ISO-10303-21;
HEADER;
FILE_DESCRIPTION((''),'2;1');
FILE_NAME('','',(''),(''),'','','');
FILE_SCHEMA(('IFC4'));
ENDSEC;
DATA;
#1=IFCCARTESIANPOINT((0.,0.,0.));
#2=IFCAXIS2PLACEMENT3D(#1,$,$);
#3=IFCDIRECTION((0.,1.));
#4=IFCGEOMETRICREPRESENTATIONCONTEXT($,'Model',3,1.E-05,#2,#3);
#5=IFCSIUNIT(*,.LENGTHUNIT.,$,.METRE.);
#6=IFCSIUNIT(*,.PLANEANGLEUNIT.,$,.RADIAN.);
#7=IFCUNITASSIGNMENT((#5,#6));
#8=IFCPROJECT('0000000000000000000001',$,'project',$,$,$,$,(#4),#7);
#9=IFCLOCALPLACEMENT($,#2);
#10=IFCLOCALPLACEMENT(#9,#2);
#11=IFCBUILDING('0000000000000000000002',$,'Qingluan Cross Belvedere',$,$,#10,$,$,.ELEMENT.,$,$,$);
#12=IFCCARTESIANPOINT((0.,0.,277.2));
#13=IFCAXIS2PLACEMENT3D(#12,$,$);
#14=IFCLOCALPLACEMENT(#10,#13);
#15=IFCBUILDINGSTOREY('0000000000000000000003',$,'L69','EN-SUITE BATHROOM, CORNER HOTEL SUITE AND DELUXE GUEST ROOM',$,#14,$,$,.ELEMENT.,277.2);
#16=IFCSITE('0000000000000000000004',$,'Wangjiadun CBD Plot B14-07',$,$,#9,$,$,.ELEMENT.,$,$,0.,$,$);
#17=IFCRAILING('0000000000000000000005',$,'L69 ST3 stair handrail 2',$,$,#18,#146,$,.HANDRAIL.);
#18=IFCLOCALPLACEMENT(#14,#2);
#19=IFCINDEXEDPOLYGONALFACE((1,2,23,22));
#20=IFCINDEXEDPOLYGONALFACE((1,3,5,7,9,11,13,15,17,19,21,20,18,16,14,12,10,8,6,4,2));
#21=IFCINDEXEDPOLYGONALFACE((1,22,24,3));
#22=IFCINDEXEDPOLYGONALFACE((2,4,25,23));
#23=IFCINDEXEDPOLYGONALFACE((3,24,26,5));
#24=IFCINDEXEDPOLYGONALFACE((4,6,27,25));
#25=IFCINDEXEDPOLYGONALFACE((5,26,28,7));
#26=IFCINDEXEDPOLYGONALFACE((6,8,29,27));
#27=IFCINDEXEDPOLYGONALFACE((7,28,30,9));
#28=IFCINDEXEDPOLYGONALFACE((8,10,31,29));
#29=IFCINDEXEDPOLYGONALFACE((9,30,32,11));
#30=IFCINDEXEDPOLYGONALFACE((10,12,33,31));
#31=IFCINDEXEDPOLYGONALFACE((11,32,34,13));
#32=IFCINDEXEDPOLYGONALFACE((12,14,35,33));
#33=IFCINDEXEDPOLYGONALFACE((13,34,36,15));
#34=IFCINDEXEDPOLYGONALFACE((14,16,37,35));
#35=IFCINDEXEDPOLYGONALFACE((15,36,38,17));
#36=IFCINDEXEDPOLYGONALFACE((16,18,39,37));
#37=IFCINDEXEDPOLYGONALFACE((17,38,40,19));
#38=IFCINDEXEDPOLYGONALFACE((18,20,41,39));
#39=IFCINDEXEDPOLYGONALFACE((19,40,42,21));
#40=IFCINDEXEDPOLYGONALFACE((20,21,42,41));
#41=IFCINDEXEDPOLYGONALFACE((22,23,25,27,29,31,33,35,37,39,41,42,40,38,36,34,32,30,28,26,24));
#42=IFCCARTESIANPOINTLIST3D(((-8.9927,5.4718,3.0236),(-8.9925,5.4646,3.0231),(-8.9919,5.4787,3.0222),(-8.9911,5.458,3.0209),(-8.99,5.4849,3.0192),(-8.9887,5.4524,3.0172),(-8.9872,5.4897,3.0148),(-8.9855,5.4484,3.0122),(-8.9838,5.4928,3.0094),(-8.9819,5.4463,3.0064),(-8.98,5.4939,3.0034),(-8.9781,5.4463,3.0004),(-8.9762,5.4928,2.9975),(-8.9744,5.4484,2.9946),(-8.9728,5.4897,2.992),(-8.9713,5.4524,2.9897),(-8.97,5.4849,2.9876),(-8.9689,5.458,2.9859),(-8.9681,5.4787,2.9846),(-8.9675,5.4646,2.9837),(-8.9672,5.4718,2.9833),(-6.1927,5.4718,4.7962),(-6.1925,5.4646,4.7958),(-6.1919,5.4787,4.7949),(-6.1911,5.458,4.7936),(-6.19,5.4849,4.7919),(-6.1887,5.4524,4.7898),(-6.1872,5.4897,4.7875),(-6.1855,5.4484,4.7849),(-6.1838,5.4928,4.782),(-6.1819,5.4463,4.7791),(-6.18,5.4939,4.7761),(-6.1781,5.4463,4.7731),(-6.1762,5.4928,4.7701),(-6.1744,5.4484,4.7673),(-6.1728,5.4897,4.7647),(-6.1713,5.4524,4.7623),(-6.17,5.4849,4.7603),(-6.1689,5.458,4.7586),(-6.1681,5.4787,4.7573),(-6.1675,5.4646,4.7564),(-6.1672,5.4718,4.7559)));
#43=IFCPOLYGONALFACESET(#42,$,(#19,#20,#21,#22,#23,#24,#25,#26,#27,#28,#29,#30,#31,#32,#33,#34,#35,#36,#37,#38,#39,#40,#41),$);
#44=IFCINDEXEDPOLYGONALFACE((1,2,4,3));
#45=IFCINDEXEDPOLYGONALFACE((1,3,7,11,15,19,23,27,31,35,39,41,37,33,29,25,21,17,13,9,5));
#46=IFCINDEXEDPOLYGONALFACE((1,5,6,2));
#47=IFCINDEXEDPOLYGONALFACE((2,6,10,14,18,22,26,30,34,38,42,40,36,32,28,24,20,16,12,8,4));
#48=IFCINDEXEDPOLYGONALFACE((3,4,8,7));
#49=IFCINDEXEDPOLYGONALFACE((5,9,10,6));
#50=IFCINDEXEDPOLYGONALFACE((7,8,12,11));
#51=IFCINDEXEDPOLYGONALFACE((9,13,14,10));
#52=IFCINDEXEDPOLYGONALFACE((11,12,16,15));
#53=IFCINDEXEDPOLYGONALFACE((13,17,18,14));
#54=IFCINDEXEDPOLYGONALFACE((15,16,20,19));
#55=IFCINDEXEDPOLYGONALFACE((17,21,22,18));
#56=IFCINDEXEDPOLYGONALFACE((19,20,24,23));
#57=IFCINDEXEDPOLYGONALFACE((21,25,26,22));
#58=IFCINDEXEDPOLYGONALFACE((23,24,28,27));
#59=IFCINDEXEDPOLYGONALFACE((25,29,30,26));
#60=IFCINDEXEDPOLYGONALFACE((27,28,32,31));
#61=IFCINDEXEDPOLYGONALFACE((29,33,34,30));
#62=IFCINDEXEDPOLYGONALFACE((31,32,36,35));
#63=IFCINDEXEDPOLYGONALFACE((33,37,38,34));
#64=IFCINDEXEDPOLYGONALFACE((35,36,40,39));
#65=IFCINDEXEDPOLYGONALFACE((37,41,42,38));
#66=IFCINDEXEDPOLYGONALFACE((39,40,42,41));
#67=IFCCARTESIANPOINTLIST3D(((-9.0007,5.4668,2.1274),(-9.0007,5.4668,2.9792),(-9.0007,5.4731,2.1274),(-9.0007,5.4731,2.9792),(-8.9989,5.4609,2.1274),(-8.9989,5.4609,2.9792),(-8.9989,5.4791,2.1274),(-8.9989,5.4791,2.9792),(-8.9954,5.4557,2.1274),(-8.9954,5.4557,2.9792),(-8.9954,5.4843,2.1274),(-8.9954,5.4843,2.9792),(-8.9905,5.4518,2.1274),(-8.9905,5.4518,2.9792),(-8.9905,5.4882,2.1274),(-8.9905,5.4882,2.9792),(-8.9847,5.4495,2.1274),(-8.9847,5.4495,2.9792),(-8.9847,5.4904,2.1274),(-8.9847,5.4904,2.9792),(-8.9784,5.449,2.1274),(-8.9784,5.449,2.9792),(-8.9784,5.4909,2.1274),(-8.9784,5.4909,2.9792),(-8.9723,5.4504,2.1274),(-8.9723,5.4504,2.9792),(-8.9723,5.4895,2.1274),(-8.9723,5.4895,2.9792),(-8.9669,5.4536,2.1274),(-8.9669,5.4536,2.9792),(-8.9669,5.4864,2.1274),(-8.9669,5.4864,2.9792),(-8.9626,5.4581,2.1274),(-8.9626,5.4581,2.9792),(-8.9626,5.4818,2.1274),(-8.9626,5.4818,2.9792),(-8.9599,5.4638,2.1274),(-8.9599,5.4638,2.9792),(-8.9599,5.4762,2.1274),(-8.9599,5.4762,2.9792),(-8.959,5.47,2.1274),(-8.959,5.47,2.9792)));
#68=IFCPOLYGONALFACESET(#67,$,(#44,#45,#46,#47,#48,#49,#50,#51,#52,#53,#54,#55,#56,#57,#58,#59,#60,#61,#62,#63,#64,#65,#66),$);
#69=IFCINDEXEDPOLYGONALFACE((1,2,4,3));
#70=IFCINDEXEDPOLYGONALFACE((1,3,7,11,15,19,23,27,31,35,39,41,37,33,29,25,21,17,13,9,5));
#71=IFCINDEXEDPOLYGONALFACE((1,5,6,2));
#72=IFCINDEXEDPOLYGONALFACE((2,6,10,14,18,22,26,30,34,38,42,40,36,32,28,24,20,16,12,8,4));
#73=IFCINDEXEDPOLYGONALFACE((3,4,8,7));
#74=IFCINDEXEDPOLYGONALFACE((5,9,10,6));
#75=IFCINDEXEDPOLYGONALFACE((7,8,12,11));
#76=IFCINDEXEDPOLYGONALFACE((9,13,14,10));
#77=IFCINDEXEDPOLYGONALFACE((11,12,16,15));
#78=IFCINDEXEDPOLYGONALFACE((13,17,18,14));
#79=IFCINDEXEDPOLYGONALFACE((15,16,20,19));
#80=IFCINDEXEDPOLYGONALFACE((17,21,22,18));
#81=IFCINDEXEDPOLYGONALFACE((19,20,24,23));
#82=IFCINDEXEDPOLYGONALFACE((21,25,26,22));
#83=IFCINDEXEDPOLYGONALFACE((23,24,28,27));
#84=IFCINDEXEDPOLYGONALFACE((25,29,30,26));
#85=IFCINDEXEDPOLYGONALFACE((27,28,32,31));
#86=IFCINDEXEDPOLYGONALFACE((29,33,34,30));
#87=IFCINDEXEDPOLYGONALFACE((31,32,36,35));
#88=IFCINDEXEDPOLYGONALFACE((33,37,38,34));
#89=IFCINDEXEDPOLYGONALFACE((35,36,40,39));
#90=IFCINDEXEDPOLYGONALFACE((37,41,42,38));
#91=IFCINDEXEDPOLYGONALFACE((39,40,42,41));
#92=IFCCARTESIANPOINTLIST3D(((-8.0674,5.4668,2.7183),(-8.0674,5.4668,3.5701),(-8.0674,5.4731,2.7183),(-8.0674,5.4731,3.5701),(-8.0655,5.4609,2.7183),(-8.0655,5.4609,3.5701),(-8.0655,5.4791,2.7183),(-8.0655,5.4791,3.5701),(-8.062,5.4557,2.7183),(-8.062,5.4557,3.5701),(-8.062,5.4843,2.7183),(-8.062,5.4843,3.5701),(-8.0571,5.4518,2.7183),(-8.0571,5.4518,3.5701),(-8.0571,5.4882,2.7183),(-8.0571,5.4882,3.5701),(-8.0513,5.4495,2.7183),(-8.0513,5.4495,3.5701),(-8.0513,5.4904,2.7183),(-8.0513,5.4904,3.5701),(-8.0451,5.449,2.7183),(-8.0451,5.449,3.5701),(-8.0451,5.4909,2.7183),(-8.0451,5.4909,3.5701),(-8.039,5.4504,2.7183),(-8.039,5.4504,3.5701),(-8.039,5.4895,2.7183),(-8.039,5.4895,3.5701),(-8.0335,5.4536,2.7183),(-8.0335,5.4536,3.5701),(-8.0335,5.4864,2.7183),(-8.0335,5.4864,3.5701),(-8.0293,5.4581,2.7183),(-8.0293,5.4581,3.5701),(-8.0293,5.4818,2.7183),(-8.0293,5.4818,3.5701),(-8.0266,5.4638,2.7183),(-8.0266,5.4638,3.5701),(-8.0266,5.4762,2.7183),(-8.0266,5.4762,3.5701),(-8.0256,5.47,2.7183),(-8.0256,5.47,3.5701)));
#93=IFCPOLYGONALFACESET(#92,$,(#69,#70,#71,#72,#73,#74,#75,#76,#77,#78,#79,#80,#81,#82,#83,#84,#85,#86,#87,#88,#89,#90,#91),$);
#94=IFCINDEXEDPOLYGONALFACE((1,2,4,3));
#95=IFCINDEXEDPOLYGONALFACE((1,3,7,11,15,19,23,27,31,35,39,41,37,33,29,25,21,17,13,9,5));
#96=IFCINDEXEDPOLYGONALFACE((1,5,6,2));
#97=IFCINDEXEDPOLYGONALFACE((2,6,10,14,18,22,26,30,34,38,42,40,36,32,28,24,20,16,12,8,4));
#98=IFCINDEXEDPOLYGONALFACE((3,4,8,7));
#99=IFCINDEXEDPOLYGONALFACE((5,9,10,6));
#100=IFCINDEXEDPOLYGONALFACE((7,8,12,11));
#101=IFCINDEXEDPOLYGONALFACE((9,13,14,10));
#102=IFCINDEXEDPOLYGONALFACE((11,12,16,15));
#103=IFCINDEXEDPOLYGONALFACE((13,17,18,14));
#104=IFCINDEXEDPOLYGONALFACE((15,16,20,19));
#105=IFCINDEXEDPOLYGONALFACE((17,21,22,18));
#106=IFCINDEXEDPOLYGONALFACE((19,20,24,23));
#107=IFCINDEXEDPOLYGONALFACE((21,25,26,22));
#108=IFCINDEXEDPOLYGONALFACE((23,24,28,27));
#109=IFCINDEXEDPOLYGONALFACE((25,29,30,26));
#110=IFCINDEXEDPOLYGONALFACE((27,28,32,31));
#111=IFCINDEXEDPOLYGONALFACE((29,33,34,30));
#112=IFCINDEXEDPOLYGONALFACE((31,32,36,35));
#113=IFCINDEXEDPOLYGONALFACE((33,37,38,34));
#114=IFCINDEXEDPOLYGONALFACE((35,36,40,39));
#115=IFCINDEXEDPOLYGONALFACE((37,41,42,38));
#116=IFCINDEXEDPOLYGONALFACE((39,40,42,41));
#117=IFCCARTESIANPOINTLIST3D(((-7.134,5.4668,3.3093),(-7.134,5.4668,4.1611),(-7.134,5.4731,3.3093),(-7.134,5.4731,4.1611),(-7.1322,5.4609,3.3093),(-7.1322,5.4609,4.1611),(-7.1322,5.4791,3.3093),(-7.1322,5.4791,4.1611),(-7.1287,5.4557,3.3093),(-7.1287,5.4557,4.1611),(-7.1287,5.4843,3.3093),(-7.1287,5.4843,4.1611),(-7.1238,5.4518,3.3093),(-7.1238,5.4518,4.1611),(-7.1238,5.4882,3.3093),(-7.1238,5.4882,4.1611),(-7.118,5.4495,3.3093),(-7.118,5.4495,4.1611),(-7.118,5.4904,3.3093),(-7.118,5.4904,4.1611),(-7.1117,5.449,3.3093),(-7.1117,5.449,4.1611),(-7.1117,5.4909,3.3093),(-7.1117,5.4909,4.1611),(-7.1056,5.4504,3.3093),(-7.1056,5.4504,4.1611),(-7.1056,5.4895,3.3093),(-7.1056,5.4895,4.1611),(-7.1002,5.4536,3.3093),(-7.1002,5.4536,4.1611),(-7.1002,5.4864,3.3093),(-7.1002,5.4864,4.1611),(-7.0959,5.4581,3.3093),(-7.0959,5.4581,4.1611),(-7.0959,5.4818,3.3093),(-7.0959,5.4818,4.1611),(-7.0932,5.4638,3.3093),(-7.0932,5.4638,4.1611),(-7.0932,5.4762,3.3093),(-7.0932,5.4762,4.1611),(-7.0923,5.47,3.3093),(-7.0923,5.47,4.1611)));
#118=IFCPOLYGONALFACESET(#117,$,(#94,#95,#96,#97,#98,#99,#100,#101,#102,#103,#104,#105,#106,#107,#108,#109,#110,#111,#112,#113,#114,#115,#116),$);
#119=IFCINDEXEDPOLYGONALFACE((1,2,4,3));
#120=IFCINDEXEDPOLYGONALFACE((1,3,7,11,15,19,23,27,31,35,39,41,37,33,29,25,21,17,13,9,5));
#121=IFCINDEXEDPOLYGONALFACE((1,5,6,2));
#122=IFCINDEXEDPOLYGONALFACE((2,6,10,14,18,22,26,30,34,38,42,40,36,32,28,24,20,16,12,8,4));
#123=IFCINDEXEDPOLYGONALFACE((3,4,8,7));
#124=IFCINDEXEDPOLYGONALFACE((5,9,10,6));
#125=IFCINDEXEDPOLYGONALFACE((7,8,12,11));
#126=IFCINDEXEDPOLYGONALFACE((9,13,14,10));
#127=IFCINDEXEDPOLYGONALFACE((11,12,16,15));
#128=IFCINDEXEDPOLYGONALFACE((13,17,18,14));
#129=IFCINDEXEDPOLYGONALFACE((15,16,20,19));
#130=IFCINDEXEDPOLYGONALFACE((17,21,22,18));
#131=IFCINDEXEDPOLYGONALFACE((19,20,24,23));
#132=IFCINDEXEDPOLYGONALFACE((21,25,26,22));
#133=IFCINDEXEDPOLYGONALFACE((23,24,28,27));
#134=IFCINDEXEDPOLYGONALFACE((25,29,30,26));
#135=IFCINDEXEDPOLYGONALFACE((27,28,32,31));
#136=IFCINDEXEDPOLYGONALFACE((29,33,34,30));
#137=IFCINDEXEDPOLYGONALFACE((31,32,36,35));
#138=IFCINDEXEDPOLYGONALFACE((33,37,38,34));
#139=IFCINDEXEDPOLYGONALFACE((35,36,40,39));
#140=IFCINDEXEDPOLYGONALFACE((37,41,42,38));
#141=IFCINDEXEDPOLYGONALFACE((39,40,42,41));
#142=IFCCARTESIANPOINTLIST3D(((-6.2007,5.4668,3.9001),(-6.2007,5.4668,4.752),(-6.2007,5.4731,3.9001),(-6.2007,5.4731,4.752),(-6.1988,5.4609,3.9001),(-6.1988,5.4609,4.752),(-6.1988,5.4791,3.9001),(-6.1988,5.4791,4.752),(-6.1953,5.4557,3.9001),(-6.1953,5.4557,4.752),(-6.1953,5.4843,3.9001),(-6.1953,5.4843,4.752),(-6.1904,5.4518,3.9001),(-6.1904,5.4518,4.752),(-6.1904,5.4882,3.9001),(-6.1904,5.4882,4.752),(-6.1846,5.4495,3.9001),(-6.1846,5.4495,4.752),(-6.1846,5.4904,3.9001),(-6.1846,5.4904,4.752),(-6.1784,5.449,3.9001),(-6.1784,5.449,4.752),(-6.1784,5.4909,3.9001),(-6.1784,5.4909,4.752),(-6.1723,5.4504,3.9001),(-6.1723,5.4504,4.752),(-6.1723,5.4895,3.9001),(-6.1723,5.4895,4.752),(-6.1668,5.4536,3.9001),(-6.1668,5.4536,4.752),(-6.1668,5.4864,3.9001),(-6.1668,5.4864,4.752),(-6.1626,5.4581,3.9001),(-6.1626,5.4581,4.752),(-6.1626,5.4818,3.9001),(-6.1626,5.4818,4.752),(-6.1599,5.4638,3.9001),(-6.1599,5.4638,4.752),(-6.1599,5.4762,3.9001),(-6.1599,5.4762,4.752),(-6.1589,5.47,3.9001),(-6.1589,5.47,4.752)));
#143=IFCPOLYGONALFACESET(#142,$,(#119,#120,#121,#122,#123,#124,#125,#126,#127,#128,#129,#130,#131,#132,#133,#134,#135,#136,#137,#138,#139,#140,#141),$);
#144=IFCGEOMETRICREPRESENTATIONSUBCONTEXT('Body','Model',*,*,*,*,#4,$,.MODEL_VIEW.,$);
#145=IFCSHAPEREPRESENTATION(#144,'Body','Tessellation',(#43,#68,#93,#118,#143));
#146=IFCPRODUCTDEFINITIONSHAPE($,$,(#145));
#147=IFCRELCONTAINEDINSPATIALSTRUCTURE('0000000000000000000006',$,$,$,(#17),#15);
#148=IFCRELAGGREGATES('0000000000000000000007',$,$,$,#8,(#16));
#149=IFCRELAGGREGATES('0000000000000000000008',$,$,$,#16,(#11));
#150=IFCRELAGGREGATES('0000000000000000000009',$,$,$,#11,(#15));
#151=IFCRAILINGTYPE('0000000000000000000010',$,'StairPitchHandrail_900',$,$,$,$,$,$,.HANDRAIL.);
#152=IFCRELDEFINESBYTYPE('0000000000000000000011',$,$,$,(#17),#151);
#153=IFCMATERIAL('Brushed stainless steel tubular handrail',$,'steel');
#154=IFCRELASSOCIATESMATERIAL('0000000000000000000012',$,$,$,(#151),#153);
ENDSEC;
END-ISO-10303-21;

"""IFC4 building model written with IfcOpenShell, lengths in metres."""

from ifc_helpers import new_model, si_unit, direction, frame, origin, origin_2d, place, context, subcontext, project, spatial, circle, extrude, material, type_object, element, save


model = new_model("IFC4")

# Units and contexts
model_context = context("Model", 3, precision=1e-05, world=origin(), true_north=direction((0.0, 1.0)))
body_context = subcontext(model_context, "Body", "Model", "MODEL_VIEW")
ifc_project = project(units=[si_unit("LENGTHUNIT", "METRE"), si_unit("PLANEANGLEUNIT", "RADIAN")], contexts=[model_context])

# Site, building, storey
site_placement = place(None, origin())
site = spatial("IfcSite", under=ifc_project, at=site_placement, Name="Wangjiadun CBD Plot B14-07", CompositionType="ELEMENT", RefElevation=0.0)
building_placement = place(site_placement, origin())
building = spatial("IfcBuilding", under=site, at=building_placement, Name="Qingluan Cross Belvedere", CompositionType="ELEMENT")
storey_placement = place(building_placement, frame((0.0, 0.0, 277.2)))
storey = spatial("IfcBuildingStorey", under=building, at=storey_placement, Name="L69", Description="EN-SUITE BATHROOM, CORNER HOTEL SUITE AND DELUXE GUEST ROOM", CompositionType="ELEMENT", Elevation=277.2)

# Railing
ifc_material_1 = material(Name="Brushed stainless steel tubular handrail", Category="steel")
railing_type_1 = type_object("IfcRailingType", Name="StairPitchHandrail_900", PredefinedType="HANDRAIL", material=ifc_material_1)
railing_1_placement = place(storey_placement, frame((-8.98, 5.47, 2.1274)))
element("IfcRailing", 1, at=railing_1_placement, inside=storey, type_object=railing_type_1, Name="L69 ST3 stair handrail 2", PredefinedType="HANDRAIL", context=body_context, shape_type="SweptSolid", body=[
    extrude(circle(Radius=0.0239, at=origin_2d()), frame((0.0, 0.0, 0.876), z_axis=(0.844909, 0.0, 0.53491), x_axis=(0.0, 1.0, 0.0)), (0.0, 0.0, 1.0), 3.314),
    extrude(circle(Radius=0.021, at=origin_2d()), origin(), (0.0, 0.0, 1.0), 0.8518),
    extrude(circle(Radius=0.021, at=origin_2d()), frame((0.9333, 0.0, 0.5908)), (0.0, 0.0, 1.0), 0.8518),
    extrude(circle(Radius=0.021, at=origin_2d()), frame((1.8667, 0.0, 1.1819)), (0.0, 0.0, 1.0), 0.8518),
    extrude(circle(Radius=0.021, at=origin_2d()), frame((2.8, 0.0, 1.7727)), (0.0, 0.0, 1.0), 0.8518),
])

save(model, "model.ifc")
